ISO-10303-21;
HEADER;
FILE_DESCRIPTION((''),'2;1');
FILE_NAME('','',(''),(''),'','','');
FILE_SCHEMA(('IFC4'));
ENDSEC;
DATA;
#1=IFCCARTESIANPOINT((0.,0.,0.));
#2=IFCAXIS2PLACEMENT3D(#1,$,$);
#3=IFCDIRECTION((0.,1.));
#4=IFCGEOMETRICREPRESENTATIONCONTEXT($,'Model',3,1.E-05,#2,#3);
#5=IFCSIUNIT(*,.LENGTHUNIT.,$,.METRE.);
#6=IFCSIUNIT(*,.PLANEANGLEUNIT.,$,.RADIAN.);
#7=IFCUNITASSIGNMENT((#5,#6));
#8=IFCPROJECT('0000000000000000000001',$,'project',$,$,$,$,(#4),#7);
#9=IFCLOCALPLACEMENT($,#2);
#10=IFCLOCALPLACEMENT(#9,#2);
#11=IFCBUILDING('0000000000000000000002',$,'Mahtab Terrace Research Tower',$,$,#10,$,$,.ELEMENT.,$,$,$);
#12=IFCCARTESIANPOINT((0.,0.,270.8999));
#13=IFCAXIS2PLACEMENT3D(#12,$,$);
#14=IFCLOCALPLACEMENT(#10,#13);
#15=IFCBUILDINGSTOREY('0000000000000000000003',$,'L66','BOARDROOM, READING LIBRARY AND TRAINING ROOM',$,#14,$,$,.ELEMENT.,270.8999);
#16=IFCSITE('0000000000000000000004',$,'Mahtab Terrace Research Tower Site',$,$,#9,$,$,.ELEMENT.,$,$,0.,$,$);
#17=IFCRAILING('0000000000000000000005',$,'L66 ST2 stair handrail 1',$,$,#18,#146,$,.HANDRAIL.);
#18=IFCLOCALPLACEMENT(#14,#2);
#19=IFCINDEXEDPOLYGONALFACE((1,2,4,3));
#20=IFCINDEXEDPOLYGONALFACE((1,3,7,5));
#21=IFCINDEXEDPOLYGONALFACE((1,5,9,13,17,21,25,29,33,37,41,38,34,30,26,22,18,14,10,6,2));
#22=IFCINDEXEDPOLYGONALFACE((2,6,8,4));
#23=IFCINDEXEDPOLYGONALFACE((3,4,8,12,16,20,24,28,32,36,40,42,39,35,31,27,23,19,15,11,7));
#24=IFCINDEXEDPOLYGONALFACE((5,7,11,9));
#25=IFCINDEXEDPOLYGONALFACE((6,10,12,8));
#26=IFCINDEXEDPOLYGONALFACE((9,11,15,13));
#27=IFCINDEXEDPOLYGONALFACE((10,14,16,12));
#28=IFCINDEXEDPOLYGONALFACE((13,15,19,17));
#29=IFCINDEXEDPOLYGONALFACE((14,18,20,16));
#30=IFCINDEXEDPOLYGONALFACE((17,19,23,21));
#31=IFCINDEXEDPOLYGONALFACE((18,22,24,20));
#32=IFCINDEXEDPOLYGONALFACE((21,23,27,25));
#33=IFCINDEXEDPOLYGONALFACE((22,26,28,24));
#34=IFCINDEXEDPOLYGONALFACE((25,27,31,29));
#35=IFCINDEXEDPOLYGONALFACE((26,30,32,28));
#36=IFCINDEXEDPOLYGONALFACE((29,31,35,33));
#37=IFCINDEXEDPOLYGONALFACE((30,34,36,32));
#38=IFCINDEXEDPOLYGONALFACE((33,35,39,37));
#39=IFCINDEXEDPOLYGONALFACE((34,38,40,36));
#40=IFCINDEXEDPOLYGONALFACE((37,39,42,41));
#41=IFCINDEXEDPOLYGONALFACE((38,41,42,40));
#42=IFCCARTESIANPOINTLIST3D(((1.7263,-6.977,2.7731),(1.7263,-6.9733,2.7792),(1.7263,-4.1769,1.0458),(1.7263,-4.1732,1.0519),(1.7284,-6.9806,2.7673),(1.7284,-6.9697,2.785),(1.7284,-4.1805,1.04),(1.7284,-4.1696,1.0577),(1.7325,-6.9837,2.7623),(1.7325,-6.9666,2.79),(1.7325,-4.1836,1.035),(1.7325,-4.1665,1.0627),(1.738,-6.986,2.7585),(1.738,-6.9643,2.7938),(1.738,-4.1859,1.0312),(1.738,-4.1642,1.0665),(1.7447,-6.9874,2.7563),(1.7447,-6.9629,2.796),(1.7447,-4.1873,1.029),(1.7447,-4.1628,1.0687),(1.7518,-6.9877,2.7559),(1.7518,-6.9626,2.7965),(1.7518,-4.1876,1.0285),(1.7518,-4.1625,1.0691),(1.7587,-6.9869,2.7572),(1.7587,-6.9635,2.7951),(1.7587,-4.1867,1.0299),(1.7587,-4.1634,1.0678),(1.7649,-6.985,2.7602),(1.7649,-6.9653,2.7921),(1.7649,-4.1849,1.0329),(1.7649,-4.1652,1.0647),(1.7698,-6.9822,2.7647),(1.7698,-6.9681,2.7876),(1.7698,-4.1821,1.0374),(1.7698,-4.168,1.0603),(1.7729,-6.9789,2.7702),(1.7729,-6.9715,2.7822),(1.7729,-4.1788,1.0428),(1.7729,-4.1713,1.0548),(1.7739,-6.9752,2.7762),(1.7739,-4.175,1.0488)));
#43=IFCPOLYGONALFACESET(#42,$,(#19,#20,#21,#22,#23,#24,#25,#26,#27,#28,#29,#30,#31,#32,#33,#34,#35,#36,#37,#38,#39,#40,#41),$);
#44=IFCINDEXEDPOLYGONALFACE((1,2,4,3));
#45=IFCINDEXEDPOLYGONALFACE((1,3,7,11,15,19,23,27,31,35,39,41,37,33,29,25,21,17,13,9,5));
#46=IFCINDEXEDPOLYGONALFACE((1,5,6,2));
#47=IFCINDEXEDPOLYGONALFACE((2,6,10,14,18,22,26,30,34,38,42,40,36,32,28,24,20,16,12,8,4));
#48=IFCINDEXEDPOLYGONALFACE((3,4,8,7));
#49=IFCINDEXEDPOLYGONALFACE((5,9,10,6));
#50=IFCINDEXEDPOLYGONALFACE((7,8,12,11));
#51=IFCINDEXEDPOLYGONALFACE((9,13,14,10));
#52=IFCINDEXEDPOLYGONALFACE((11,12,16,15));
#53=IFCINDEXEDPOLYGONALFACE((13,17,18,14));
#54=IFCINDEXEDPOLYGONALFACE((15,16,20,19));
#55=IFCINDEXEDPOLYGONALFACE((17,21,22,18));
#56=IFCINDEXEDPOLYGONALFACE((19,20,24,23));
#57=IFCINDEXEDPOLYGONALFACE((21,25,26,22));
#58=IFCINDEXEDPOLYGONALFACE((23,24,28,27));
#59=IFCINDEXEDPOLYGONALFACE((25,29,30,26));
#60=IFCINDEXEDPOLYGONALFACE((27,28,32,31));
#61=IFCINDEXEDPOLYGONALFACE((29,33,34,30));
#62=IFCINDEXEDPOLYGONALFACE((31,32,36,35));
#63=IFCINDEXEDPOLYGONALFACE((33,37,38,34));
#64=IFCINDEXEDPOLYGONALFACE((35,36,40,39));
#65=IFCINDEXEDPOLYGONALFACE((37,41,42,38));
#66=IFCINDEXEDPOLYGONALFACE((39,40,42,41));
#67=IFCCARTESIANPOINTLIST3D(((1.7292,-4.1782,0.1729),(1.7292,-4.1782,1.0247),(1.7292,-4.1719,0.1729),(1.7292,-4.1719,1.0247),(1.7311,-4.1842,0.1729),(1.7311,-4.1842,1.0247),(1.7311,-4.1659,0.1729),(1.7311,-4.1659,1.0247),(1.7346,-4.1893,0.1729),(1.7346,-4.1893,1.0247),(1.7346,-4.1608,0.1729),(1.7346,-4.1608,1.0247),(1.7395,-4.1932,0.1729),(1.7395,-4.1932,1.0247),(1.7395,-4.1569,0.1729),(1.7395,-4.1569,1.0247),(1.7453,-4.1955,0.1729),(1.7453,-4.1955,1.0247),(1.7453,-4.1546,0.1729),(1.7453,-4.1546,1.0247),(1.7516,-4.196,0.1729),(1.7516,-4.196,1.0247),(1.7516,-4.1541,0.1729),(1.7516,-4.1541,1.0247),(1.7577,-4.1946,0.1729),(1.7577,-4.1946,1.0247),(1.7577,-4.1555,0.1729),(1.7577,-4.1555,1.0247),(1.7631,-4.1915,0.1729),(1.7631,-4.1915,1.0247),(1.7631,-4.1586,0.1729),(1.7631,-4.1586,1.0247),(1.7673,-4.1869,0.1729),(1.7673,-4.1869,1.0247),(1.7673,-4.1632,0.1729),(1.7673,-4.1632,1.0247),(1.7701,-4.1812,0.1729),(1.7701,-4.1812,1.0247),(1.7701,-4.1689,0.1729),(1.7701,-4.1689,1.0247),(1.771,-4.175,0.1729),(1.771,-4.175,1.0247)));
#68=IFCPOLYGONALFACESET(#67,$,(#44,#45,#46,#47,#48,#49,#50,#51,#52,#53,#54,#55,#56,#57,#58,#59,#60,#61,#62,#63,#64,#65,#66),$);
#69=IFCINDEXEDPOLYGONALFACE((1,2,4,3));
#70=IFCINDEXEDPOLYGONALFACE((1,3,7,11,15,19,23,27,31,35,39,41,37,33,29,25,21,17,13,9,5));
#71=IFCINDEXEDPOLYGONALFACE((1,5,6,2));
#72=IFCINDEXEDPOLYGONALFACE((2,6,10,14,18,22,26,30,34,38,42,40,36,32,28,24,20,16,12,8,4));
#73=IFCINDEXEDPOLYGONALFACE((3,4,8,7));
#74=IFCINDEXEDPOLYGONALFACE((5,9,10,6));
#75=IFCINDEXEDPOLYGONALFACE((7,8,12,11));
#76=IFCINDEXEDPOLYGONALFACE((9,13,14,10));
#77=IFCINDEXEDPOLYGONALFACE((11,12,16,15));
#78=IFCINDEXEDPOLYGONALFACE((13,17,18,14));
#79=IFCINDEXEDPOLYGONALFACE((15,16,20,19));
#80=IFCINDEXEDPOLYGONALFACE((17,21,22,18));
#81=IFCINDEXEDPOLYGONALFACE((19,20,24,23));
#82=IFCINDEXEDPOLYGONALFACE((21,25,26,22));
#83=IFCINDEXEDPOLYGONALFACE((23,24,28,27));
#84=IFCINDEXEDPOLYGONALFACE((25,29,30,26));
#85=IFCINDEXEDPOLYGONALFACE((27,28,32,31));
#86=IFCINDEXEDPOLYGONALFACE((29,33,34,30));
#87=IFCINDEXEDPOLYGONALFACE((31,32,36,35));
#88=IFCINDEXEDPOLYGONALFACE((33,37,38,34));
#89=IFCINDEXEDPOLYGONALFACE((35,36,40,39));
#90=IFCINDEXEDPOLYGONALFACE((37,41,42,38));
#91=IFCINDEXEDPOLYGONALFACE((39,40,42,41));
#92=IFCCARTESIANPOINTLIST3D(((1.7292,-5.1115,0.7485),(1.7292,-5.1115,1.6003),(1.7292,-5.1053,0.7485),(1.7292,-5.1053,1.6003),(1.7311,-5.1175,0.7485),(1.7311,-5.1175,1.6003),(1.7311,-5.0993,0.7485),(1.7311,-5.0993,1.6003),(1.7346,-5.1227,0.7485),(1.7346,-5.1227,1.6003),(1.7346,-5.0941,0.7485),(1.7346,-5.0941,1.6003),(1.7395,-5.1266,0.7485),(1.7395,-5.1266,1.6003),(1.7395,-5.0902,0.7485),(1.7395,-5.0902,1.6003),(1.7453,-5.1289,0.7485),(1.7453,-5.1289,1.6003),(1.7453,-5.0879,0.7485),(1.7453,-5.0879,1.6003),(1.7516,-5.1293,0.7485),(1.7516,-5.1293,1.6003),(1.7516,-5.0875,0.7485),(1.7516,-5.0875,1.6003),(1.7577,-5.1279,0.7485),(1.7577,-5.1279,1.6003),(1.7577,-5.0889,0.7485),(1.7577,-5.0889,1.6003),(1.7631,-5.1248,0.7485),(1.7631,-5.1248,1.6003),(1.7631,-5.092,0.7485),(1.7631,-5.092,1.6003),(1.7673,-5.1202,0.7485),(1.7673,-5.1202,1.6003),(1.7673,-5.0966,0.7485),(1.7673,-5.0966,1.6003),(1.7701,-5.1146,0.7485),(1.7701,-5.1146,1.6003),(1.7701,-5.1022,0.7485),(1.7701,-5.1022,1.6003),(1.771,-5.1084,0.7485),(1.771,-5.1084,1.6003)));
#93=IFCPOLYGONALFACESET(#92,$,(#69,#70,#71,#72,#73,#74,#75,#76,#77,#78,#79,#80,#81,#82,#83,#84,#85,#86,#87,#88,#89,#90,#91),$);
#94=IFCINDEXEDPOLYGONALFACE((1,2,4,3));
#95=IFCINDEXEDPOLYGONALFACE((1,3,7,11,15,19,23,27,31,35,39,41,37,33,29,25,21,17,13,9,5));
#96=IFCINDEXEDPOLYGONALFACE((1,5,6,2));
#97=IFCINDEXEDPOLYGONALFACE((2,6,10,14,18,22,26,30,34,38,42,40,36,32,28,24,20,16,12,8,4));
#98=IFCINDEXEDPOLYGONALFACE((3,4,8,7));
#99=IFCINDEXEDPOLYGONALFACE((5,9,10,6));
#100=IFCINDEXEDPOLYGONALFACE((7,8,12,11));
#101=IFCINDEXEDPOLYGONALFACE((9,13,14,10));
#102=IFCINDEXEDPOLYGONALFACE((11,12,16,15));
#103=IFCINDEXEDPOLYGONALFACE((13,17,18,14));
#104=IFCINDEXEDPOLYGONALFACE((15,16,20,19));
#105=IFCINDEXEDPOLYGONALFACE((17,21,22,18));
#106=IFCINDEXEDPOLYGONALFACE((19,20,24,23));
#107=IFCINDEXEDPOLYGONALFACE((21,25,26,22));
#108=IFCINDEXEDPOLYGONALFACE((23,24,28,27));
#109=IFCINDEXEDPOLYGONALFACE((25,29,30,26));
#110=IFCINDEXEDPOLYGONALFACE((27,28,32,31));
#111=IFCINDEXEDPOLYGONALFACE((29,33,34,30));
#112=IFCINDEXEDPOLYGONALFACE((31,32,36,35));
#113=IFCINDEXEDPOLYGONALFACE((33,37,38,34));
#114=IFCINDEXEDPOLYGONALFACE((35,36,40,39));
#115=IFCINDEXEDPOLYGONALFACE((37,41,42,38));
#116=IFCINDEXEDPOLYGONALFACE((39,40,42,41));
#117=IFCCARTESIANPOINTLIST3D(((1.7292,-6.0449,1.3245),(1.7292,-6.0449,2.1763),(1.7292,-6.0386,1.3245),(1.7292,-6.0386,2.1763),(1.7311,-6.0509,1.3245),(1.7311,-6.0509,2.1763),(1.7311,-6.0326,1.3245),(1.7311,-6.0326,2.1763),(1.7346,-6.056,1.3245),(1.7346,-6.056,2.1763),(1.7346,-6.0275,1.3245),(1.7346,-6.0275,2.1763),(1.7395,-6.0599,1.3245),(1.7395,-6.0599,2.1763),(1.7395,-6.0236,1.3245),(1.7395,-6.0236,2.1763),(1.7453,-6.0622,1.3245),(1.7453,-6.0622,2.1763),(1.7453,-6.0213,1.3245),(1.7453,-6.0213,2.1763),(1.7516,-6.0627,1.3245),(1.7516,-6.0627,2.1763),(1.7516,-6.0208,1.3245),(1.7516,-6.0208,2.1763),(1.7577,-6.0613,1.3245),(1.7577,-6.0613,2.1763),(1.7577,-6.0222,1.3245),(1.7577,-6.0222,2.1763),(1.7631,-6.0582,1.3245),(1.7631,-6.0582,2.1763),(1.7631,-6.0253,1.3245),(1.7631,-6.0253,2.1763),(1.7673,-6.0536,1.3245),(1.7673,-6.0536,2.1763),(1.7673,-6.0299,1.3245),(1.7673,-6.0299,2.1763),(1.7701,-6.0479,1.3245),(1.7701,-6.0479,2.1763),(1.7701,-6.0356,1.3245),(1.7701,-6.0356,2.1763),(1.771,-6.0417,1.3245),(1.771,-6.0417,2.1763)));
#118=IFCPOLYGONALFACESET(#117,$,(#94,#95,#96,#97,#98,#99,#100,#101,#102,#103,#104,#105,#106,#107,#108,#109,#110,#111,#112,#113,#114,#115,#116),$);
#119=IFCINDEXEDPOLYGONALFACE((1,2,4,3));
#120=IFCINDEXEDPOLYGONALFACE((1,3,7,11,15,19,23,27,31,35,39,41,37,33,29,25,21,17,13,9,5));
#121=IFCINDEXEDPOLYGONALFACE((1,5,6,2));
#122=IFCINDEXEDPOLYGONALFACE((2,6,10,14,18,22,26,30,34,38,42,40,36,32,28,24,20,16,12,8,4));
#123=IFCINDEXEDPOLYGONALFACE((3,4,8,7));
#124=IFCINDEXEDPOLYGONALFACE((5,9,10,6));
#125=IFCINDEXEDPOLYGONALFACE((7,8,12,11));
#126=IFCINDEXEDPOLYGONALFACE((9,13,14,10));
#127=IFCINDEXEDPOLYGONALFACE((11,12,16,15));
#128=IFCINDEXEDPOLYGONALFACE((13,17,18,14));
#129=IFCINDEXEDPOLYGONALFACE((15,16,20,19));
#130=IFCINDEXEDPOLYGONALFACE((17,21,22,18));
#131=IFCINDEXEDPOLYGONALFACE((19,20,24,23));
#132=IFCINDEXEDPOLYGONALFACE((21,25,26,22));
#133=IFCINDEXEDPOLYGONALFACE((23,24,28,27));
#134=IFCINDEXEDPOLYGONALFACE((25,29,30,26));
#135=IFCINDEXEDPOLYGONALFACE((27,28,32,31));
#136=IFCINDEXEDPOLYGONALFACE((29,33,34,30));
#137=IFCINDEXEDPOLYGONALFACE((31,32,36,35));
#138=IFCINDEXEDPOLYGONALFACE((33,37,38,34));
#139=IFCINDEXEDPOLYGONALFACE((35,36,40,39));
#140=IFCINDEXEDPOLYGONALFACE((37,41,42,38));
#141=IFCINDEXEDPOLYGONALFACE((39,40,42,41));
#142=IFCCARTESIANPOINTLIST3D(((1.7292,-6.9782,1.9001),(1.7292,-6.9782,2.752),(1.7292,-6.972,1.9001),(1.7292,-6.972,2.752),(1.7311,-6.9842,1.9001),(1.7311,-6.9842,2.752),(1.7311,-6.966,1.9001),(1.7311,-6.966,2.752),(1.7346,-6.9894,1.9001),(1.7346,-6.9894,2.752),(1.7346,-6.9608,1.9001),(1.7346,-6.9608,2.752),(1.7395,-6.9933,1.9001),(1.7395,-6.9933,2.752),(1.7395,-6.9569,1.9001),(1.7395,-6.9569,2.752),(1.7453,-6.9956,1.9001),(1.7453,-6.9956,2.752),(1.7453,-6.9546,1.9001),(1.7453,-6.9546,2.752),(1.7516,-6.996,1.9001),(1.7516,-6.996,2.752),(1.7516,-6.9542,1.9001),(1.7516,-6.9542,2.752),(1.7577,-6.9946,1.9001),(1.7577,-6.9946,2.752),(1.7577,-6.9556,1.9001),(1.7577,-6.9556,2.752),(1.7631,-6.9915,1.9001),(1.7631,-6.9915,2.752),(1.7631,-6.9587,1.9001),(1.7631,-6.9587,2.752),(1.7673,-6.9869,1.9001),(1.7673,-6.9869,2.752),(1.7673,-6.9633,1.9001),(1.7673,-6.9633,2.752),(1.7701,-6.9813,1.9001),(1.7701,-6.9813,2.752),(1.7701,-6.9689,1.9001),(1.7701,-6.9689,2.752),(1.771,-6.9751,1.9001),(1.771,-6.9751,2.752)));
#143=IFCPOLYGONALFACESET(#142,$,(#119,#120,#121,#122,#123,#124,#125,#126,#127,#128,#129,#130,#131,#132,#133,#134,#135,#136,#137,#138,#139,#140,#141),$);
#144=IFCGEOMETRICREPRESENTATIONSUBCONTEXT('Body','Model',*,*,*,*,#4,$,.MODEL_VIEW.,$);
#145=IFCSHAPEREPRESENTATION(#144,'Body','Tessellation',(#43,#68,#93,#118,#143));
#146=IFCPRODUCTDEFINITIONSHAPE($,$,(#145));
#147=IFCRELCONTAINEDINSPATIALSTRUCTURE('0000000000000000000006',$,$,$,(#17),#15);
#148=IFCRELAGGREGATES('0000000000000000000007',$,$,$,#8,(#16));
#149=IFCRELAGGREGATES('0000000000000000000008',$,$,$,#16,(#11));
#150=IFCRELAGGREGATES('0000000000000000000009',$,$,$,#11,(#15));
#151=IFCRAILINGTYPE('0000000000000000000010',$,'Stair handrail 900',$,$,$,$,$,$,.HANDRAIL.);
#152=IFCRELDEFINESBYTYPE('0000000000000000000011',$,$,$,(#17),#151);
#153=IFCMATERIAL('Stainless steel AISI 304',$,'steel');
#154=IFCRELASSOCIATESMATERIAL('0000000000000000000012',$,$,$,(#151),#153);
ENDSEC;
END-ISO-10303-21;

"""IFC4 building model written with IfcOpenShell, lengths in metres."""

from ifc_helpers import new_model, si_unit, direction, frame, origin, origin_2d, place, context, subcontext, project, spatial, circle, extrude, material, type_object, element, save


model = new_model("IFC4")

# Units and contexts
model_context = context("Model", 3, precision=1e-05, world=origin(), true_north=direction((0.0, 1.0)))
body_context = subcontext(model_context, "Body", "Model", "MODEL_VIEW")
ifc_project = project(units=[si_unit("LENGTHUNIT", "METRE"), si_unit("PLANEANGLEUNIT", "RADIAN")], contexts=[model_context])

# Site, building, storey
site_placement = place(None, origin())
site = spatial("IfcSite", under=ifc_project, at=site_placement, Name="Mahtab Terrace Research Tower Site", CompositionType="ELEMENT", RefElevation=0.0)
building_placement = place(site_placement, origin())
building = spatial("IfcBuilding", under=site, at=building_placement, Name="Mahtab Terrace Research Tower", CompositionType="ELEMENT")
storey_placement = place(building_placement, frame((0.0, 0.0, 270.8999)))
storey = spatial("IfcBuildingStorey", under=building, at=storey_placement, Name="L66", Description="BOARDROOM, READING LIBRARY AND TRAINING ROOM", CompositionType="ELEMENT", Elevation=270.8999)

# Railing
ifc_material_1 = material(Name="Stainless steel AISI 304", Category="steel")
railing_type_1 = type_object("IfcRailingType", Name="Stair handrail 900", PredefinedType="HANDRAIL", material=ifc_material_1)
railing_1_placement = place(storey_placement, frame((1.75, -4.175, 0.1729)))
element("IfcRailing", 1, at=railing_1_placement, inside=storey, type_object=railing_type_1, Name="L66 ST2 stair handrail 1", PredefinedType="HANDRAIL", context=body_context, shape_type="SweptSolid", body=[
    extrude(circle(Radius=0.0239, at=origin_2d()), frame((0.0, 0.0, 0.876), z_axis=(0.0, -0.85109, 0.52502), x_axis=(1.0, 0.0, 0.0)), (0.0, 0.0, 1.0), 3.29),
    extrude(circle(Radius=0.021, at=origin_2d()), origin(), (0.0, 0.0, 1.0), 0.8518),
    extrude(circle(Radius=0.021, at=origin_2d()), frame((0.0, -0.9333, 0.5757)), (0.0, 0.0, 1.0), 0.8518),
    extrude(circle(Radius=0.021, at=origin_2d()), frame((0.0, -1.8667, 1.1516)), (0.0, 0.0, 1.0), 0.8518),
    extrude(circle(Radius=0.021, at=origin_2d()), frame((0.0, -2.8, 1.7273)), (0.0, 0.0, 1.0), 0.8518),
])

save(model, "model.ifc")
